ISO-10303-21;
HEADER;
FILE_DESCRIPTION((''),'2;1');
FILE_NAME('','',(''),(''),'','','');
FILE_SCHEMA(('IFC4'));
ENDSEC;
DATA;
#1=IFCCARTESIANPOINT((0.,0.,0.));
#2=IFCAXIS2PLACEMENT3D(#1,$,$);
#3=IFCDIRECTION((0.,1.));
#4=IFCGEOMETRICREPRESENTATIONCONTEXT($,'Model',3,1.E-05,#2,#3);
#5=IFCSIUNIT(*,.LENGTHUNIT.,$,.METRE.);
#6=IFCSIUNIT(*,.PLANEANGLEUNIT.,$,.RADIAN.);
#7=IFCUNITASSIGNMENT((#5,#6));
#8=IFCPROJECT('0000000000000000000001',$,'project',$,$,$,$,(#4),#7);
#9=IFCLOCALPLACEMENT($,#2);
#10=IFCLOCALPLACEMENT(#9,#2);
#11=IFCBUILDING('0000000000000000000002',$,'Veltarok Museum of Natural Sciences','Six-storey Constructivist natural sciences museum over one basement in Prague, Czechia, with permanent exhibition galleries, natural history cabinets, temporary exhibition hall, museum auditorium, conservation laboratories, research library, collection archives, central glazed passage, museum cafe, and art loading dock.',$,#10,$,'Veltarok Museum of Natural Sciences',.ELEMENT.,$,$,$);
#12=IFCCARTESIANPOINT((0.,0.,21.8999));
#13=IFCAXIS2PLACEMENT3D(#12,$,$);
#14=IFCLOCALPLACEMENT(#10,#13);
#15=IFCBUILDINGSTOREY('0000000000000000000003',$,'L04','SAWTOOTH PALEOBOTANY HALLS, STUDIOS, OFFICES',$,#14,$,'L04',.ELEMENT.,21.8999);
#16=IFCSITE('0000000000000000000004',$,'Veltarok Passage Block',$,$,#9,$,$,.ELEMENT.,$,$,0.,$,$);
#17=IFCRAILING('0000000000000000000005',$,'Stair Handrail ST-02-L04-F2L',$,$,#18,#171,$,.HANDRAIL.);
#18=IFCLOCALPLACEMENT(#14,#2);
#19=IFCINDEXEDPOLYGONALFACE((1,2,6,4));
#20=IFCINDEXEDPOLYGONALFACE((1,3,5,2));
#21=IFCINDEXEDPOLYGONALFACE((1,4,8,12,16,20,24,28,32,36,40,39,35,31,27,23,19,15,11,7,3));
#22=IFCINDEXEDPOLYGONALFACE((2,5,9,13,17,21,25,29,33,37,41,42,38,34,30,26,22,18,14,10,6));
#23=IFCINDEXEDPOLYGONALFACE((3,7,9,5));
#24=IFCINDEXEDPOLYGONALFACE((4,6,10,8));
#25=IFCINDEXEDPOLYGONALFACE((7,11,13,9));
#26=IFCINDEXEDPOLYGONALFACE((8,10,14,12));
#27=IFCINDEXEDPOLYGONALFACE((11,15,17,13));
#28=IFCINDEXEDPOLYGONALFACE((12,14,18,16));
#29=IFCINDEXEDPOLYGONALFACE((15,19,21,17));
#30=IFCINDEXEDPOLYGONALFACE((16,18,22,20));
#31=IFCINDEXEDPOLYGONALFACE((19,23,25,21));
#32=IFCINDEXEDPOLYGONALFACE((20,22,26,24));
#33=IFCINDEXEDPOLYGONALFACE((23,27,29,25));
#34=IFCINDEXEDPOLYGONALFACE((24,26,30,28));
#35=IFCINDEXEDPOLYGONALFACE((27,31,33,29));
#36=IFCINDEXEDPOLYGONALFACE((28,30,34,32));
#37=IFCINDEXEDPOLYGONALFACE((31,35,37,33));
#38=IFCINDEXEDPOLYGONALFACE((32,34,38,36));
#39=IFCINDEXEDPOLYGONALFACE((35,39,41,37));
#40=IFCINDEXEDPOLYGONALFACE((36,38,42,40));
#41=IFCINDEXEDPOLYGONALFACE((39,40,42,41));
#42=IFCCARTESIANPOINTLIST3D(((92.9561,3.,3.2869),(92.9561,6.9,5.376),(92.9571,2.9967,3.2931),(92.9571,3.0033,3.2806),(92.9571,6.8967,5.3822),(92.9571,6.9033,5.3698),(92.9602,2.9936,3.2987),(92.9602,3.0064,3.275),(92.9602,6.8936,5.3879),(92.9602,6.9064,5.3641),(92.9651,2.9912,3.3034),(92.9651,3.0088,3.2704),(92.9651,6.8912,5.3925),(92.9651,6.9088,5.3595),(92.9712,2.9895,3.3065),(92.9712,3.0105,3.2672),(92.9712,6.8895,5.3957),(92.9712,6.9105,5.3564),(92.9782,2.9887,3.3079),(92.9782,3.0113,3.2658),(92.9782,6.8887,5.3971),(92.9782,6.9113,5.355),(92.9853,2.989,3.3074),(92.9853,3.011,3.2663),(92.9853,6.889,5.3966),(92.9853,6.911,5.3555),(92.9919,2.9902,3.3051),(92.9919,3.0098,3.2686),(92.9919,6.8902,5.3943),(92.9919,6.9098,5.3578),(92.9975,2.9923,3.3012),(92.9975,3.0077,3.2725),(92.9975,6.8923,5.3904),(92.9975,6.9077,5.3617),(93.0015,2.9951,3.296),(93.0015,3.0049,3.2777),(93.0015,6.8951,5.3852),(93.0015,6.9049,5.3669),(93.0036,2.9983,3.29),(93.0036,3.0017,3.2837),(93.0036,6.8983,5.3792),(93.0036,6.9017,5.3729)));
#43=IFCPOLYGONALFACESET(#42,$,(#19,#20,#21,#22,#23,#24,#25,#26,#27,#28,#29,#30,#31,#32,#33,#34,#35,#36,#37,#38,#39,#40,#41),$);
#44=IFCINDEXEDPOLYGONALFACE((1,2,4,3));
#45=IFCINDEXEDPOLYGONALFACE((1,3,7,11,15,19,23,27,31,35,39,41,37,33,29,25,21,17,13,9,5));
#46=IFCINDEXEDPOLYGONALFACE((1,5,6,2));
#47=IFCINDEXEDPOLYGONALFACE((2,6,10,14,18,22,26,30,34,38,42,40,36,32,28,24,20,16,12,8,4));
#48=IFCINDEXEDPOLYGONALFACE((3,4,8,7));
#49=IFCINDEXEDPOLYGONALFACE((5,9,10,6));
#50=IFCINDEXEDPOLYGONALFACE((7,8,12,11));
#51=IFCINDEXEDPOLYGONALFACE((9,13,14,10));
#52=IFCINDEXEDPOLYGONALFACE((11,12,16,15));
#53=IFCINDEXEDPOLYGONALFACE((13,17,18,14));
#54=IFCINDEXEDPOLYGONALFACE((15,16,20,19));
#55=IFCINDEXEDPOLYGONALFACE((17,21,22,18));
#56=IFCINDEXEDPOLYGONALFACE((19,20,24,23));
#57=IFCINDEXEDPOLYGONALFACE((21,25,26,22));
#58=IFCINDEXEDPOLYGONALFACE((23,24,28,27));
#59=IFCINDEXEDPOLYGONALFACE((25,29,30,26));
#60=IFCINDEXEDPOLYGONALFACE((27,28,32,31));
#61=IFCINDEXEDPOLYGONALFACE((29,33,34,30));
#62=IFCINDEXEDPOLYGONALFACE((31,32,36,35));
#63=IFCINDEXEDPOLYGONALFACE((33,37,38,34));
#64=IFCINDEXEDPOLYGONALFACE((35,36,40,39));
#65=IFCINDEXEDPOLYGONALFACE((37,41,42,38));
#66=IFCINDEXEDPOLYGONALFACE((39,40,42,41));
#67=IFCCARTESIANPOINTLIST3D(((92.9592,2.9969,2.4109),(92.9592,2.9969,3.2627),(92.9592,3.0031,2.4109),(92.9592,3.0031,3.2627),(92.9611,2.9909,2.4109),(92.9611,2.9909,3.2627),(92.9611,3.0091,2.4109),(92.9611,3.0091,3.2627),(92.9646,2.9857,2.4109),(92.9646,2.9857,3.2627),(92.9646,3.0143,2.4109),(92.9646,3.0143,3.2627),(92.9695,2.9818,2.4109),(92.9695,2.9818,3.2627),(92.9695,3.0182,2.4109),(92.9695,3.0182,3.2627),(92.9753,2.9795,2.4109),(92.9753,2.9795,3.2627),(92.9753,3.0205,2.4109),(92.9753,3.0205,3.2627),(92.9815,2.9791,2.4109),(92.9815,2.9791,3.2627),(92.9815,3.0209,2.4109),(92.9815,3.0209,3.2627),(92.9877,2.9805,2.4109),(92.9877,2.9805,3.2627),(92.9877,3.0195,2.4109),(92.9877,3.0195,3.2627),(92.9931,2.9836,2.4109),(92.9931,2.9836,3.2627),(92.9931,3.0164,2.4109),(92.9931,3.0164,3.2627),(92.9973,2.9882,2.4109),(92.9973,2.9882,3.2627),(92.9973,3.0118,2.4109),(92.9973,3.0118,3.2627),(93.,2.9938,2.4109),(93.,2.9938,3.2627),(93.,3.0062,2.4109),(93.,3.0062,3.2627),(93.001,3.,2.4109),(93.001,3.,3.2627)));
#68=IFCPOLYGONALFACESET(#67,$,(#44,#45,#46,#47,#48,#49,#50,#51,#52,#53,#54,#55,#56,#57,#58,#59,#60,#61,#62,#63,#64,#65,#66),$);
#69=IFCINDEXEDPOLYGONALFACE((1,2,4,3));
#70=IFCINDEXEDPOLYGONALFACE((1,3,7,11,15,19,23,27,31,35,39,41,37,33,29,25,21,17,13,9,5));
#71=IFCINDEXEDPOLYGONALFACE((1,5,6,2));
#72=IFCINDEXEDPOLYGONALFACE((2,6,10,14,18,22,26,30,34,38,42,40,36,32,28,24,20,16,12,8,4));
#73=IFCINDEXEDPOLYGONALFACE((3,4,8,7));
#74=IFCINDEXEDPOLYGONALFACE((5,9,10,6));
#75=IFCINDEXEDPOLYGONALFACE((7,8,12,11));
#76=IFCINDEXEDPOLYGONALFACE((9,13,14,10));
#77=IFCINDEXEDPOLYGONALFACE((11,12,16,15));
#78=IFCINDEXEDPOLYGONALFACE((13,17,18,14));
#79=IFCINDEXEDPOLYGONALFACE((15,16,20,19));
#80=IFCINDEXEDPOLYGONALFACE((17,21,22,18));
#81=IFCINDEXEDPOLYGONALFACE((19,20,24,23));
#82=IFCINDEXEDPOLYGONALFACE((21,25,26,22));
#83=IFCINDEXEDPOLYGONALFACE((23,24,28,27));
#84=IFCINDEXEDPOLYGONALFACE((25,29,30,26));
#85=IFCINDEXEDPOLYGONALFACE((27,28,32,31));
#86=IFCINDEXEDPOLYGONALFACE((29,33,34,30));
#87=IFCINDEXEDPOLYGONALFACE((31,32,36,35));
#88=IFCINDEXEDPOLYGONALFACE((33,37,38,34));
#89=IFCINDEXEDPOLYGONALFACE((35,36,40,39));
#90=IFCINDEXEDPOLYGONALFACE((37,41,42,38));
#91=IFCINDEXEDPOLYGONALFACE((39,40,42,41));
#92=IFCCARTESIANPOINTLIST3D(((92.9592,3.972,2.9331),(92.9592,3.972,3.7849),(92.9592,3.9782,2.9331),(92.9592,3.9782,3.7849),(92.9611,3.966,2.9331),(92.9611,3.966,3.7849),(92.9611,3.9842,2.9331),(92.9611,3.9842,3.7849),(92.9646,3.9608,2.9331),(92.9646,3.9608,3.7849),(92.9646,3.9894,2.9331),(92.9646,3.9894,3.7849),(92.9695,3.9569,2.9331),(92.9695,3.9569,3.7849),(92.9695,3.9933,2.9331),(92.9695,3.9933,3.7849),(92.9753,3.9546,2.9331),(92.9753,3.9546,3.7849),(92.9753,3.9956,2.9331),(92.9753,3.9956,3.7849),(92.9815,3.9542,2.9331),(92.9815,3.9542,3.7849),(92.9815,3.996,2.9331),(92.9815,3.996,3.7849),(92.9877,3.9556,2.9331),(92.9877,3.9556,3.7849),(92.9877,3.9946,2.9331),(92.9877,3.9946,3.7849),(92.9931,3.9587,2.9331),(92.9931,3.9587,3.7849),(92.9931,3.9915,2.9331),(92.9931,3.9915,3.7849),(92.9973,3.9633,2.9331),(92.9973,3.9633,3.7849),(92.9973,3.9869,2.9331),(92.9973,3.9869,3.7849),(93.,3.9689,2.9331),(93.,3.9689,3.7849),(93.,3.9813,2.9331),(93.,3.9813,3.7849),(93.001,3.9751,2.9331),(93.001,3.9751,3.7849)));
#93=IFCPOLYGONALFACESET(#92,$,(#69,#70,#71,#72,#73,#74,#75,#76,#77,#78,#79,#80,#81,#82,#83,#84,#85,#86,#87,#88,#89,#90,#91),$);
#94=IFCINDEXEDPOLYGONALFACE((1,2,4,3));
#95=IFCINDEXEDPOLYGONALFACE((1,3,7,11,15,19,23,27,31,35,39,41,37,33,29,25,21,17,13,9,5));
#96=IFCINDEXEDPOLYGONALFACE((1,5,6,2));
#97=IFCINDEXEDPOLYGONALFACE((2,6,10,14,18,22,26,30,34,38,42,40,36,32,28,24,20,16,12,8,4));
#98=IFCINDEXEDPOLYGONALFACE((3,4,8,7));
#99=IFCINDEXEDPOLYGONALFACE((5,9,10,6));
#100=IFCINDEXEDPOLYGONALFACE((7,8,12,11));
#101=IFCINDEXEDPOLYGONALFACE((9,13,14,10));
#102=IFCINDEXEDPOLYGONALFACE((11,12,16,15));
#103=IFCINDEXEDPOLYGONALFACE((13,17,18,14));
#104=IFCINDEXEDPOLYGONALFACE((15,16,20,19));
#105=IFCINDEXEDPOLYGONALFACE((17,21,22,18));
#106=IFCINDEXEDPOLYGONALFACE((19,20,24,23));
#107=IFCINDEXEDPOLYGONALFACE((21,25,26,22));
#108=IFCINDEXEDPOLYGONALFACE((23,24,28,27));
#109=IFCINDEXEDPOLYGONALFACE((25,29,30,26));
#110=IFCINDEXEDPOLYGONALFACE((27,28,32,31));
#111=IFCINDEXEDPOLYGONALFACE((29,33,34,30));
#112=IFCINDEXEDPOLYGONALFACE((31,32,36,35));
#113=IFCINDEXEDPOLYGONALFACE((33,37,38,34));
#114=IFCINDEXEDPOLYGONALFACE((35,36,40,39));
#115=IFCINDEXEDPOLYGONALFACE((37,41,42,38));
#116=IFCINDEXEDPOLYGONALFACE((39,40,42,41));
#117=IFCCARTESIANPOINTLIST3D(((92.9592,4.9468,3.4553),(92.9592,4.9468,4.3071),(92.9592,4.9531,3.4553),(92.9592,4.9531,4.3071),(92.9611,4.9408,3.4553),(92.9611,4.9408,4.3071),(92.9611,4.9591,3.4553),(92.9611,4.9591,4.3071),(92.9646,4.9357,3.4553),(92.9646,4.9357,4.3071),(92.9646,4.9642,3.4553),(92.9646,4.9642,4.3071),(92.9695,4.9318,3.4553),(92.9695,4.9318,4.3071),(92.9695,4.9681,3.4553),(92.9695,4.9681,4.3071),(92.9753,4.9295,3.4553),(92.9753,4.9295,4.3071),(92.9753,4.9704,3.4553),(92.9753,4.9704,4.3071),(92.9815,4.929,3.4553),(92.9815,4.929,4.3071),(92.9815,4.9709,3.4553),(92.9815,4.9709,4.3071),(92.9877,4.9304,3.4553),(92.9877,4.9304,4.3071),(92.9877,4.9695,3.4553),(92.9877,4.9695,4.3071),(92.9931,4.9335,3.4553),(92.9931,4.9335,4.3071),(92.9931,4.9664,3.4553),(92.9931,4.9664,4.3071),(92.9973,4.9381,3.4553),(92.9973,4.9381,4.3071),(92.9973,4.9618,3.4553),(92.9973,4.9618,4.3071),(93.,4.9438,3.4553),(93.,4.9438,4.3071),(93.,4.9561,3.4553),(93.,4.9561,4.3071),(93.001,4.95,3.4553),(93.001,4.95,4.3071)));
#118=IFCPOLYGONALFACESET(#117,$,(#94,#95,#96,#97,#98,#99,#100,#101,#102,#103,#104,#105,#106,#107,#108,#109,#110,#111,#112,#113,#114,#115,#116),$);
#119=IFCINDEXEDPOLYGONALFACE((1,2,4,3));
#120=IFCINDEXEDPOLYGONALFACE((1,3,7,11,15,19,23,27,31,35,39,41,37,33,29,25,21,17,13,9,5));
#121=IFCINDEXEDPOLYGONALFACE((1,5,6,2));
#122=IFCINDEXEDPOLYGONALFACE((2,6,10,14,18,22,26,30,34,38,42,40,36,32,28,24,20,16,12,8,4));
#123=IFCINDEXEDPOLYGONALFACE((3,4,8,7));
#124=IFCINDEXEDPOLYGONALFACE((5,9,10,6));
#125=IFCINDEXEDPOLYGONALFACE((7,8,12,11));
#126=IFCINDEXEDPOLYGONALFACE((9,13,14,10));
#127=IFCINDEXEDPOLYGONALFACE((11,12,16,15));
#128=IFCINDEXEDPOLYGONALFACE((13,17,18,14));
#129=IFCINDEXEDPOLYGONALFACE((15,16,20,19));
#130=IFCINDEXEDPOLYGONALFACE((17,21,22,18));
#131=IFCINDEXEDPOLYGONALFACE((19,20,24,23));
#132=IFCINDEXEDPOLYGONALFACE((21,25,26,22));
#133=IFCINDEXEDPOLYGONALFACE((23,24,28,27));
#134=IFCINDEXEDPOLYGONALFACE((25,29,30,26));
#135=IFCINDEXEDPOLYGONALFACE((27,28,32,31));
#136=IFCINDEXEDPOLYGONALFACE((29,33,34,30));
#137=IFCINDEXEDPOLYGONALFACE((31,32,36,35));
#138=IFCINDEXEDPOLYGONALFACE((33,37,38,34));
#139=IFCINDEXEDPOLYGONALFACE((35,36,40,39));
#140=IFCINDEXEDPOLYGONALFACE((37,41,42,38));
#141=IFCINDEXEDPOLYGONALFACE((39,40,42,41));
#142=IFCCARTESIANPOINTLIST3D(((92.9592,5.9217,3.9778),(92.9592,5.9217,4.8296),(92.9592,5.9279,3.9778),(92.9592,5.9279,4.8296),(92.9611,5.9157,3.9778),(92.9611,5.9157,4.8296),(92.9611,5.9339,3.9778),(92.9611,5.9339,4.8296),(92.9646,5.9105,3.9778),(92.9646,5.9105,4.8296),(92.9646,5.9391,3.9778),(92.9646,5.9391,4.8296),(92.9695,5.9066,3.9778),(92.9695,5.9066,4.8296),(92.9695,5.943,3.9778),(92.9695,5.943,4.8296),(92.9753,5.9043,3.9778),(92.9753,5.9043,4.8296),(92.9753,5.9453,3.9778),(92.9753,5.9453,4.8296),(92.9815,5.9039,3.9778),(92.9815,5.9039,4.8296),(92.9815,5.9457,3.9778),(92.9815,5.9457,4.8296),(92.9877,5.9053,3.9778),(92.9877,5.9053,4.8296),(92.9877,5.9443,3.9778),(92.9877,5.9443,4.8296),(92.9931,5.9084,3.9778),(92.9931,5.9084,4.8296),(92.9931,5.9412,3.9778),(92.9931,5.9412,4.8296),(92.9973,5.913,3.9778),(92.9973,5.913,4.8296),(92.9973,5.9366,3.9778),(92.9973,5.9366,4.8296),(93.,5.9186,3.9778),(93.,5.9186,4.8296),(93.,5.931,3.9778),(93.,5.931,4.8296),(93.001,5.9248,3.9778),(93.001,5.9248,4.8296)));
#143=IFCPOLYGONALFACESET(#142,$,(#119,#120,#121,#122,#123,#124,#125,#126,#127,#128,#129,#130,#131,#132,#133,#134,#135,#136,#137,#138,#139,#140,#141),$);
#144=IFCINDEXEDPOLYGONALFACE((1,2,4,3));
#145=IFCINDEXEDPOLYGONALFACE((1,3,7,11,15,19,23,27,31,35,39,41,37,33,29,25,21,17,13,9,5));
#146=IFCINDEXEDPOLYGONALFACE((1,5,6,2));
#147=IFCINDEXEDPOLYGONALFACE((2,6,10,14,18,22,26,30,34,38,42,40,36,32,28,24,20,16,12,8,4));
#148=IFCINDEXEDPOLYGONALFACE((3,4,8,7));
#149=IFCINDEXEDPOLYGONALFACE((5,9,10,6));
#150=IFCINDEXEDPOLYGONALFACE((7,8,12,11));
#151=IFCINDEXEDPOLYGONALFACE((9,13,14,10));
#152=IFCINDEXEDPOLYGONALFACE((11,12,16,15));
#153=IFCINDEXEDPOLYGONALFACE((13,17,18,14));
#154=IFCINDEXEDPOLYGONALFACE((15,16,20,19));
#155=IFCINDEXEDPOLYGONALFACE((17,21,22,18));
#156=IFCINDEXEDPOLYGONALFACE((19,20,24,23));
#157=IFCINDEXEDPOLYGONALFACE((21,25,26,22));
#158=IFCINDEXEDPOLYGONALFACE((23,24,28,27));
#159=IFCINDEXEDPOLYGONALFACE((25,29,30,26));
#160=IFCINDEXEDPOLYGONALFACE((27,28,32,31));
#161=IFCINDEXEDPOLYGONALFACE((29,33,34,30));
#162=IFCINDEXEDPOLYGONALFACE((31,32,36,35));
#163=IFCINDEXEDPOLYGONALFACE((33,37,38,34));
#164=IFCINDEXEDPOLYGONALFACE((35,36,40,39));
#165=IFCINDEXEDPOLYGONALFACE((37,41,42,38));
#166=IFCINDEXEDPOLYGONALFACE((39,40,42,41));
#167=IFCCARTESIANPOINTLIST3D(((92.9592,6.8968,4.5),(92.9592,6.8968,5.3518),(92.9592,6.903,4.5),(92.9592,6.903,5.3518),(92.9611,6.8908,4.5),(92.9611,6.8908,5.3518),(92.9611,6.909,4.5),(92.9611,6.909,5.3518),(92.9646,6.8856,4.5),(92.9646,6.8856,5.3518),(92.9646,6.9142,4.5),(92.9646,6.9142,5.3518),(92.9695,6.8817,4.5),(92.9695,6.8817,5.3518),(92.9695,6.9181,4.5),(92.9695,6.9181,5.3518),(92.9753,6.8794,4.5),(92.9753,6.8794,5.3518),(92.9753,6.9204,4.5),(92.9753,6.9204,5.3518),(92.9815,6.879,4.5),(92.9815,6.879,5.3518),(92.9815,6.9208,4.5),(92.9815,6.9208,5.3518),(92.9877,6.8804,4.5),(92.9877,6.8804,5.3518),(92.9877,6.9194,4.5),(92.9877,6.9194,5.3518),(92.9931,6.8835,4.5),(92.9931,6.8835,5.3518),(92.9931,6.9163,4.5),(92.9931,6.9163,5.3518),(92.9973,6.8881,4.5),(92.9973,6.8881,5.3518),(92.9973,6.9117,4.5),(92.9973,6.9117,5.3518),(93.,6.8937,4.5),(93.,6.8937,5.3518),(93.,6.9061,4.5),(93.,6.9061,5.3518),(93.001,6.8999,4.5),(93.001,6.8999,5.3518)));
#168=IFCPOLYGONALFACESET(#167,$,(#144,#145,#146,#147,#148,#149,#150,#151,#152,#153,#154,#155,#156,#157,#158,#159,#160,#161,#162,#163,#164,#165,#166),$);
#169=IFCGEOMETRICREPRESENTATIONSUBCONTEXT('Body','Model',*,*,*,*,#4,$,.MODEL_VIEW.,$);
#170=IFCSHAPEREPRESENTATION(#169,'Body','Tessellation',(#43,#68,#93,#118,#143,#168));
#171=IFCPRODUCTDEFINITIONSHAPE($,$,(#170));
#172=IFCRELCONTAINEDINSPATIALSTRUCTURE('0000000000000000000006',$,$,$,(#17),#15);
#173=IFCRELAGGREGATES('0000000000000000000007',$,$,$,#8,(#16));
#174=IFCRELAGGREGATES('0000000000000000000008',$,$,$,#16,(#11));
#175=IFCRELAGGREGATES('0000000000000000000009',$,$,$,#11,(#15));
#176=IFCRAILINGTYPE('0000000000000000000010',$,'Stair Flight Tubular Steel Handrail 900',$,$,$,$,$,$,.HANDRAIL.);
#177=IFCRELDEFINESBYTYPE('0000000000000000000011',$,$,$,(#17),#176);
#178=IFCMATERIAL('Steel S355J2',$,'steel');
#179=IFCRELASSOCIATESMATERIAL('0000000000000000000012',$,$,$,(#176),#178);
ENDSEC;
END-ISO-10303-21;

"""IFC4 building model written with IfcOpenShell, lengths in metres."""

from ifc_helpers import new_model, si_unit, direction, frame, origin, origin_2d, place, context, subcontext, project, spatial, circle, extrude, material, type_object, element, save


model = new_model("IFC4")

# Units and contexts
model_context = context("Model", 3, precision=1e-05, world=origin(), true_north=direction((0.0, 1.0)))
body_context = subcontext(model_context, "Body", "Model", "MODEL_VIEW")
ifc_project = project(units=[si_unit("LENGTHUNIT", "METRE"), si_unit("PLANEANGLEUNIT", "RADIAN")], contexts=[model_context])

# Site, building, storey
site_placement = place(None, origin())
site = spatial("IfcSite", under=ifc_project, at=site_placement, Name="Veltarok Passage Block", CompositionType="ELEMENT", RefElevation=0.0)
building_placement = place(site_placement, origin())
building = spatial("IfcBuilding", under=site, at=building_placement, Name="Veltarok Museum of Natural Sciences", Description="Six-storey Constructivist natural sciences museum over one basement in Prague, Czechia, with permanent exhibition galleries, natural history cabinets, temporary exhibition hall, museum auditorium, conservation laboratories, research library, collection archives, central glazed passage, museum cafe, and art loading dock.", LongName="Veltarok Museum of Natural Sciences", CompositionType="ELEMENT")
storey_placement = place(building_placement, frame((0.0, 0.0, 21.8999)))
storey = spatial("IfcBuildingStorey", under=building, at=storey_placement, Name="L04", Description="SAWTOOTH PALEOBOTANY HALLS, STUDIOS, OFFICES", LongName="L04", CompositionType="ELEMENT", Elevation=21.8999)

# Shared definitions
ifc_material_1 = material(Name="Steel S355J2", Category="steel")

# Railing
railing_type_1 = type_object("IfcRailingType", Name="Stair Flight Tubular Steel Handrail 900", PredefinedType="HANDRAIL", material=ifc_material_1)
for number, where, name in (
    (1, (92.98, 3.0, 2.4109), "Stair Handrail ST-02-L04-F2L"),
):
    element("IfcRailing", number, at=place(storey_placement, frame(where)), inside=storey, type_object=railing_type_1, Name=name, PredefinedType="HANDRAIL", context=body_context, shape_type="SweptSolid", body=[
        extrude(circle(Radius=0.0239, at=origin_2d()), frame((0.0, 0.0, 0.876), z_axis=(0.0, 0.881491, 0.4722), x_axis=(-1.0, 0.0, 0.0)), (0.0, 0.0, 1.0), 4.4243),
        extrude(circle(Radius=0.021, at=origin_2d()), origin(), (0.0, 0.0, 1.0), 0.8518),
        extrude(circle(Radius=0.021, at=origin_2d()), frame((0.0, 0.9751, 0.5222)), (0.0, 0.0, 1.0), 0.8518),
        extrude(circle(Radius=0.021, at=origin_2d()), frame((0.0, 1.95, 1.0444)), (0.0, 0.0, 1.0), 0.8518),
        extrude(circle(Radius=0.021, at=origin_2d()), frame((0.0, 2.9248, 1.5669)), (0.0, 0.0, 1.0), 0.8518),
        extrude(circle(Radius=0.021, at=origin_2d()), frame((0.0, 3.8999, 2.0891)), (0.0, 0.0, 1.0), 0.8518),
    ])

save(model, "model.ifc")
